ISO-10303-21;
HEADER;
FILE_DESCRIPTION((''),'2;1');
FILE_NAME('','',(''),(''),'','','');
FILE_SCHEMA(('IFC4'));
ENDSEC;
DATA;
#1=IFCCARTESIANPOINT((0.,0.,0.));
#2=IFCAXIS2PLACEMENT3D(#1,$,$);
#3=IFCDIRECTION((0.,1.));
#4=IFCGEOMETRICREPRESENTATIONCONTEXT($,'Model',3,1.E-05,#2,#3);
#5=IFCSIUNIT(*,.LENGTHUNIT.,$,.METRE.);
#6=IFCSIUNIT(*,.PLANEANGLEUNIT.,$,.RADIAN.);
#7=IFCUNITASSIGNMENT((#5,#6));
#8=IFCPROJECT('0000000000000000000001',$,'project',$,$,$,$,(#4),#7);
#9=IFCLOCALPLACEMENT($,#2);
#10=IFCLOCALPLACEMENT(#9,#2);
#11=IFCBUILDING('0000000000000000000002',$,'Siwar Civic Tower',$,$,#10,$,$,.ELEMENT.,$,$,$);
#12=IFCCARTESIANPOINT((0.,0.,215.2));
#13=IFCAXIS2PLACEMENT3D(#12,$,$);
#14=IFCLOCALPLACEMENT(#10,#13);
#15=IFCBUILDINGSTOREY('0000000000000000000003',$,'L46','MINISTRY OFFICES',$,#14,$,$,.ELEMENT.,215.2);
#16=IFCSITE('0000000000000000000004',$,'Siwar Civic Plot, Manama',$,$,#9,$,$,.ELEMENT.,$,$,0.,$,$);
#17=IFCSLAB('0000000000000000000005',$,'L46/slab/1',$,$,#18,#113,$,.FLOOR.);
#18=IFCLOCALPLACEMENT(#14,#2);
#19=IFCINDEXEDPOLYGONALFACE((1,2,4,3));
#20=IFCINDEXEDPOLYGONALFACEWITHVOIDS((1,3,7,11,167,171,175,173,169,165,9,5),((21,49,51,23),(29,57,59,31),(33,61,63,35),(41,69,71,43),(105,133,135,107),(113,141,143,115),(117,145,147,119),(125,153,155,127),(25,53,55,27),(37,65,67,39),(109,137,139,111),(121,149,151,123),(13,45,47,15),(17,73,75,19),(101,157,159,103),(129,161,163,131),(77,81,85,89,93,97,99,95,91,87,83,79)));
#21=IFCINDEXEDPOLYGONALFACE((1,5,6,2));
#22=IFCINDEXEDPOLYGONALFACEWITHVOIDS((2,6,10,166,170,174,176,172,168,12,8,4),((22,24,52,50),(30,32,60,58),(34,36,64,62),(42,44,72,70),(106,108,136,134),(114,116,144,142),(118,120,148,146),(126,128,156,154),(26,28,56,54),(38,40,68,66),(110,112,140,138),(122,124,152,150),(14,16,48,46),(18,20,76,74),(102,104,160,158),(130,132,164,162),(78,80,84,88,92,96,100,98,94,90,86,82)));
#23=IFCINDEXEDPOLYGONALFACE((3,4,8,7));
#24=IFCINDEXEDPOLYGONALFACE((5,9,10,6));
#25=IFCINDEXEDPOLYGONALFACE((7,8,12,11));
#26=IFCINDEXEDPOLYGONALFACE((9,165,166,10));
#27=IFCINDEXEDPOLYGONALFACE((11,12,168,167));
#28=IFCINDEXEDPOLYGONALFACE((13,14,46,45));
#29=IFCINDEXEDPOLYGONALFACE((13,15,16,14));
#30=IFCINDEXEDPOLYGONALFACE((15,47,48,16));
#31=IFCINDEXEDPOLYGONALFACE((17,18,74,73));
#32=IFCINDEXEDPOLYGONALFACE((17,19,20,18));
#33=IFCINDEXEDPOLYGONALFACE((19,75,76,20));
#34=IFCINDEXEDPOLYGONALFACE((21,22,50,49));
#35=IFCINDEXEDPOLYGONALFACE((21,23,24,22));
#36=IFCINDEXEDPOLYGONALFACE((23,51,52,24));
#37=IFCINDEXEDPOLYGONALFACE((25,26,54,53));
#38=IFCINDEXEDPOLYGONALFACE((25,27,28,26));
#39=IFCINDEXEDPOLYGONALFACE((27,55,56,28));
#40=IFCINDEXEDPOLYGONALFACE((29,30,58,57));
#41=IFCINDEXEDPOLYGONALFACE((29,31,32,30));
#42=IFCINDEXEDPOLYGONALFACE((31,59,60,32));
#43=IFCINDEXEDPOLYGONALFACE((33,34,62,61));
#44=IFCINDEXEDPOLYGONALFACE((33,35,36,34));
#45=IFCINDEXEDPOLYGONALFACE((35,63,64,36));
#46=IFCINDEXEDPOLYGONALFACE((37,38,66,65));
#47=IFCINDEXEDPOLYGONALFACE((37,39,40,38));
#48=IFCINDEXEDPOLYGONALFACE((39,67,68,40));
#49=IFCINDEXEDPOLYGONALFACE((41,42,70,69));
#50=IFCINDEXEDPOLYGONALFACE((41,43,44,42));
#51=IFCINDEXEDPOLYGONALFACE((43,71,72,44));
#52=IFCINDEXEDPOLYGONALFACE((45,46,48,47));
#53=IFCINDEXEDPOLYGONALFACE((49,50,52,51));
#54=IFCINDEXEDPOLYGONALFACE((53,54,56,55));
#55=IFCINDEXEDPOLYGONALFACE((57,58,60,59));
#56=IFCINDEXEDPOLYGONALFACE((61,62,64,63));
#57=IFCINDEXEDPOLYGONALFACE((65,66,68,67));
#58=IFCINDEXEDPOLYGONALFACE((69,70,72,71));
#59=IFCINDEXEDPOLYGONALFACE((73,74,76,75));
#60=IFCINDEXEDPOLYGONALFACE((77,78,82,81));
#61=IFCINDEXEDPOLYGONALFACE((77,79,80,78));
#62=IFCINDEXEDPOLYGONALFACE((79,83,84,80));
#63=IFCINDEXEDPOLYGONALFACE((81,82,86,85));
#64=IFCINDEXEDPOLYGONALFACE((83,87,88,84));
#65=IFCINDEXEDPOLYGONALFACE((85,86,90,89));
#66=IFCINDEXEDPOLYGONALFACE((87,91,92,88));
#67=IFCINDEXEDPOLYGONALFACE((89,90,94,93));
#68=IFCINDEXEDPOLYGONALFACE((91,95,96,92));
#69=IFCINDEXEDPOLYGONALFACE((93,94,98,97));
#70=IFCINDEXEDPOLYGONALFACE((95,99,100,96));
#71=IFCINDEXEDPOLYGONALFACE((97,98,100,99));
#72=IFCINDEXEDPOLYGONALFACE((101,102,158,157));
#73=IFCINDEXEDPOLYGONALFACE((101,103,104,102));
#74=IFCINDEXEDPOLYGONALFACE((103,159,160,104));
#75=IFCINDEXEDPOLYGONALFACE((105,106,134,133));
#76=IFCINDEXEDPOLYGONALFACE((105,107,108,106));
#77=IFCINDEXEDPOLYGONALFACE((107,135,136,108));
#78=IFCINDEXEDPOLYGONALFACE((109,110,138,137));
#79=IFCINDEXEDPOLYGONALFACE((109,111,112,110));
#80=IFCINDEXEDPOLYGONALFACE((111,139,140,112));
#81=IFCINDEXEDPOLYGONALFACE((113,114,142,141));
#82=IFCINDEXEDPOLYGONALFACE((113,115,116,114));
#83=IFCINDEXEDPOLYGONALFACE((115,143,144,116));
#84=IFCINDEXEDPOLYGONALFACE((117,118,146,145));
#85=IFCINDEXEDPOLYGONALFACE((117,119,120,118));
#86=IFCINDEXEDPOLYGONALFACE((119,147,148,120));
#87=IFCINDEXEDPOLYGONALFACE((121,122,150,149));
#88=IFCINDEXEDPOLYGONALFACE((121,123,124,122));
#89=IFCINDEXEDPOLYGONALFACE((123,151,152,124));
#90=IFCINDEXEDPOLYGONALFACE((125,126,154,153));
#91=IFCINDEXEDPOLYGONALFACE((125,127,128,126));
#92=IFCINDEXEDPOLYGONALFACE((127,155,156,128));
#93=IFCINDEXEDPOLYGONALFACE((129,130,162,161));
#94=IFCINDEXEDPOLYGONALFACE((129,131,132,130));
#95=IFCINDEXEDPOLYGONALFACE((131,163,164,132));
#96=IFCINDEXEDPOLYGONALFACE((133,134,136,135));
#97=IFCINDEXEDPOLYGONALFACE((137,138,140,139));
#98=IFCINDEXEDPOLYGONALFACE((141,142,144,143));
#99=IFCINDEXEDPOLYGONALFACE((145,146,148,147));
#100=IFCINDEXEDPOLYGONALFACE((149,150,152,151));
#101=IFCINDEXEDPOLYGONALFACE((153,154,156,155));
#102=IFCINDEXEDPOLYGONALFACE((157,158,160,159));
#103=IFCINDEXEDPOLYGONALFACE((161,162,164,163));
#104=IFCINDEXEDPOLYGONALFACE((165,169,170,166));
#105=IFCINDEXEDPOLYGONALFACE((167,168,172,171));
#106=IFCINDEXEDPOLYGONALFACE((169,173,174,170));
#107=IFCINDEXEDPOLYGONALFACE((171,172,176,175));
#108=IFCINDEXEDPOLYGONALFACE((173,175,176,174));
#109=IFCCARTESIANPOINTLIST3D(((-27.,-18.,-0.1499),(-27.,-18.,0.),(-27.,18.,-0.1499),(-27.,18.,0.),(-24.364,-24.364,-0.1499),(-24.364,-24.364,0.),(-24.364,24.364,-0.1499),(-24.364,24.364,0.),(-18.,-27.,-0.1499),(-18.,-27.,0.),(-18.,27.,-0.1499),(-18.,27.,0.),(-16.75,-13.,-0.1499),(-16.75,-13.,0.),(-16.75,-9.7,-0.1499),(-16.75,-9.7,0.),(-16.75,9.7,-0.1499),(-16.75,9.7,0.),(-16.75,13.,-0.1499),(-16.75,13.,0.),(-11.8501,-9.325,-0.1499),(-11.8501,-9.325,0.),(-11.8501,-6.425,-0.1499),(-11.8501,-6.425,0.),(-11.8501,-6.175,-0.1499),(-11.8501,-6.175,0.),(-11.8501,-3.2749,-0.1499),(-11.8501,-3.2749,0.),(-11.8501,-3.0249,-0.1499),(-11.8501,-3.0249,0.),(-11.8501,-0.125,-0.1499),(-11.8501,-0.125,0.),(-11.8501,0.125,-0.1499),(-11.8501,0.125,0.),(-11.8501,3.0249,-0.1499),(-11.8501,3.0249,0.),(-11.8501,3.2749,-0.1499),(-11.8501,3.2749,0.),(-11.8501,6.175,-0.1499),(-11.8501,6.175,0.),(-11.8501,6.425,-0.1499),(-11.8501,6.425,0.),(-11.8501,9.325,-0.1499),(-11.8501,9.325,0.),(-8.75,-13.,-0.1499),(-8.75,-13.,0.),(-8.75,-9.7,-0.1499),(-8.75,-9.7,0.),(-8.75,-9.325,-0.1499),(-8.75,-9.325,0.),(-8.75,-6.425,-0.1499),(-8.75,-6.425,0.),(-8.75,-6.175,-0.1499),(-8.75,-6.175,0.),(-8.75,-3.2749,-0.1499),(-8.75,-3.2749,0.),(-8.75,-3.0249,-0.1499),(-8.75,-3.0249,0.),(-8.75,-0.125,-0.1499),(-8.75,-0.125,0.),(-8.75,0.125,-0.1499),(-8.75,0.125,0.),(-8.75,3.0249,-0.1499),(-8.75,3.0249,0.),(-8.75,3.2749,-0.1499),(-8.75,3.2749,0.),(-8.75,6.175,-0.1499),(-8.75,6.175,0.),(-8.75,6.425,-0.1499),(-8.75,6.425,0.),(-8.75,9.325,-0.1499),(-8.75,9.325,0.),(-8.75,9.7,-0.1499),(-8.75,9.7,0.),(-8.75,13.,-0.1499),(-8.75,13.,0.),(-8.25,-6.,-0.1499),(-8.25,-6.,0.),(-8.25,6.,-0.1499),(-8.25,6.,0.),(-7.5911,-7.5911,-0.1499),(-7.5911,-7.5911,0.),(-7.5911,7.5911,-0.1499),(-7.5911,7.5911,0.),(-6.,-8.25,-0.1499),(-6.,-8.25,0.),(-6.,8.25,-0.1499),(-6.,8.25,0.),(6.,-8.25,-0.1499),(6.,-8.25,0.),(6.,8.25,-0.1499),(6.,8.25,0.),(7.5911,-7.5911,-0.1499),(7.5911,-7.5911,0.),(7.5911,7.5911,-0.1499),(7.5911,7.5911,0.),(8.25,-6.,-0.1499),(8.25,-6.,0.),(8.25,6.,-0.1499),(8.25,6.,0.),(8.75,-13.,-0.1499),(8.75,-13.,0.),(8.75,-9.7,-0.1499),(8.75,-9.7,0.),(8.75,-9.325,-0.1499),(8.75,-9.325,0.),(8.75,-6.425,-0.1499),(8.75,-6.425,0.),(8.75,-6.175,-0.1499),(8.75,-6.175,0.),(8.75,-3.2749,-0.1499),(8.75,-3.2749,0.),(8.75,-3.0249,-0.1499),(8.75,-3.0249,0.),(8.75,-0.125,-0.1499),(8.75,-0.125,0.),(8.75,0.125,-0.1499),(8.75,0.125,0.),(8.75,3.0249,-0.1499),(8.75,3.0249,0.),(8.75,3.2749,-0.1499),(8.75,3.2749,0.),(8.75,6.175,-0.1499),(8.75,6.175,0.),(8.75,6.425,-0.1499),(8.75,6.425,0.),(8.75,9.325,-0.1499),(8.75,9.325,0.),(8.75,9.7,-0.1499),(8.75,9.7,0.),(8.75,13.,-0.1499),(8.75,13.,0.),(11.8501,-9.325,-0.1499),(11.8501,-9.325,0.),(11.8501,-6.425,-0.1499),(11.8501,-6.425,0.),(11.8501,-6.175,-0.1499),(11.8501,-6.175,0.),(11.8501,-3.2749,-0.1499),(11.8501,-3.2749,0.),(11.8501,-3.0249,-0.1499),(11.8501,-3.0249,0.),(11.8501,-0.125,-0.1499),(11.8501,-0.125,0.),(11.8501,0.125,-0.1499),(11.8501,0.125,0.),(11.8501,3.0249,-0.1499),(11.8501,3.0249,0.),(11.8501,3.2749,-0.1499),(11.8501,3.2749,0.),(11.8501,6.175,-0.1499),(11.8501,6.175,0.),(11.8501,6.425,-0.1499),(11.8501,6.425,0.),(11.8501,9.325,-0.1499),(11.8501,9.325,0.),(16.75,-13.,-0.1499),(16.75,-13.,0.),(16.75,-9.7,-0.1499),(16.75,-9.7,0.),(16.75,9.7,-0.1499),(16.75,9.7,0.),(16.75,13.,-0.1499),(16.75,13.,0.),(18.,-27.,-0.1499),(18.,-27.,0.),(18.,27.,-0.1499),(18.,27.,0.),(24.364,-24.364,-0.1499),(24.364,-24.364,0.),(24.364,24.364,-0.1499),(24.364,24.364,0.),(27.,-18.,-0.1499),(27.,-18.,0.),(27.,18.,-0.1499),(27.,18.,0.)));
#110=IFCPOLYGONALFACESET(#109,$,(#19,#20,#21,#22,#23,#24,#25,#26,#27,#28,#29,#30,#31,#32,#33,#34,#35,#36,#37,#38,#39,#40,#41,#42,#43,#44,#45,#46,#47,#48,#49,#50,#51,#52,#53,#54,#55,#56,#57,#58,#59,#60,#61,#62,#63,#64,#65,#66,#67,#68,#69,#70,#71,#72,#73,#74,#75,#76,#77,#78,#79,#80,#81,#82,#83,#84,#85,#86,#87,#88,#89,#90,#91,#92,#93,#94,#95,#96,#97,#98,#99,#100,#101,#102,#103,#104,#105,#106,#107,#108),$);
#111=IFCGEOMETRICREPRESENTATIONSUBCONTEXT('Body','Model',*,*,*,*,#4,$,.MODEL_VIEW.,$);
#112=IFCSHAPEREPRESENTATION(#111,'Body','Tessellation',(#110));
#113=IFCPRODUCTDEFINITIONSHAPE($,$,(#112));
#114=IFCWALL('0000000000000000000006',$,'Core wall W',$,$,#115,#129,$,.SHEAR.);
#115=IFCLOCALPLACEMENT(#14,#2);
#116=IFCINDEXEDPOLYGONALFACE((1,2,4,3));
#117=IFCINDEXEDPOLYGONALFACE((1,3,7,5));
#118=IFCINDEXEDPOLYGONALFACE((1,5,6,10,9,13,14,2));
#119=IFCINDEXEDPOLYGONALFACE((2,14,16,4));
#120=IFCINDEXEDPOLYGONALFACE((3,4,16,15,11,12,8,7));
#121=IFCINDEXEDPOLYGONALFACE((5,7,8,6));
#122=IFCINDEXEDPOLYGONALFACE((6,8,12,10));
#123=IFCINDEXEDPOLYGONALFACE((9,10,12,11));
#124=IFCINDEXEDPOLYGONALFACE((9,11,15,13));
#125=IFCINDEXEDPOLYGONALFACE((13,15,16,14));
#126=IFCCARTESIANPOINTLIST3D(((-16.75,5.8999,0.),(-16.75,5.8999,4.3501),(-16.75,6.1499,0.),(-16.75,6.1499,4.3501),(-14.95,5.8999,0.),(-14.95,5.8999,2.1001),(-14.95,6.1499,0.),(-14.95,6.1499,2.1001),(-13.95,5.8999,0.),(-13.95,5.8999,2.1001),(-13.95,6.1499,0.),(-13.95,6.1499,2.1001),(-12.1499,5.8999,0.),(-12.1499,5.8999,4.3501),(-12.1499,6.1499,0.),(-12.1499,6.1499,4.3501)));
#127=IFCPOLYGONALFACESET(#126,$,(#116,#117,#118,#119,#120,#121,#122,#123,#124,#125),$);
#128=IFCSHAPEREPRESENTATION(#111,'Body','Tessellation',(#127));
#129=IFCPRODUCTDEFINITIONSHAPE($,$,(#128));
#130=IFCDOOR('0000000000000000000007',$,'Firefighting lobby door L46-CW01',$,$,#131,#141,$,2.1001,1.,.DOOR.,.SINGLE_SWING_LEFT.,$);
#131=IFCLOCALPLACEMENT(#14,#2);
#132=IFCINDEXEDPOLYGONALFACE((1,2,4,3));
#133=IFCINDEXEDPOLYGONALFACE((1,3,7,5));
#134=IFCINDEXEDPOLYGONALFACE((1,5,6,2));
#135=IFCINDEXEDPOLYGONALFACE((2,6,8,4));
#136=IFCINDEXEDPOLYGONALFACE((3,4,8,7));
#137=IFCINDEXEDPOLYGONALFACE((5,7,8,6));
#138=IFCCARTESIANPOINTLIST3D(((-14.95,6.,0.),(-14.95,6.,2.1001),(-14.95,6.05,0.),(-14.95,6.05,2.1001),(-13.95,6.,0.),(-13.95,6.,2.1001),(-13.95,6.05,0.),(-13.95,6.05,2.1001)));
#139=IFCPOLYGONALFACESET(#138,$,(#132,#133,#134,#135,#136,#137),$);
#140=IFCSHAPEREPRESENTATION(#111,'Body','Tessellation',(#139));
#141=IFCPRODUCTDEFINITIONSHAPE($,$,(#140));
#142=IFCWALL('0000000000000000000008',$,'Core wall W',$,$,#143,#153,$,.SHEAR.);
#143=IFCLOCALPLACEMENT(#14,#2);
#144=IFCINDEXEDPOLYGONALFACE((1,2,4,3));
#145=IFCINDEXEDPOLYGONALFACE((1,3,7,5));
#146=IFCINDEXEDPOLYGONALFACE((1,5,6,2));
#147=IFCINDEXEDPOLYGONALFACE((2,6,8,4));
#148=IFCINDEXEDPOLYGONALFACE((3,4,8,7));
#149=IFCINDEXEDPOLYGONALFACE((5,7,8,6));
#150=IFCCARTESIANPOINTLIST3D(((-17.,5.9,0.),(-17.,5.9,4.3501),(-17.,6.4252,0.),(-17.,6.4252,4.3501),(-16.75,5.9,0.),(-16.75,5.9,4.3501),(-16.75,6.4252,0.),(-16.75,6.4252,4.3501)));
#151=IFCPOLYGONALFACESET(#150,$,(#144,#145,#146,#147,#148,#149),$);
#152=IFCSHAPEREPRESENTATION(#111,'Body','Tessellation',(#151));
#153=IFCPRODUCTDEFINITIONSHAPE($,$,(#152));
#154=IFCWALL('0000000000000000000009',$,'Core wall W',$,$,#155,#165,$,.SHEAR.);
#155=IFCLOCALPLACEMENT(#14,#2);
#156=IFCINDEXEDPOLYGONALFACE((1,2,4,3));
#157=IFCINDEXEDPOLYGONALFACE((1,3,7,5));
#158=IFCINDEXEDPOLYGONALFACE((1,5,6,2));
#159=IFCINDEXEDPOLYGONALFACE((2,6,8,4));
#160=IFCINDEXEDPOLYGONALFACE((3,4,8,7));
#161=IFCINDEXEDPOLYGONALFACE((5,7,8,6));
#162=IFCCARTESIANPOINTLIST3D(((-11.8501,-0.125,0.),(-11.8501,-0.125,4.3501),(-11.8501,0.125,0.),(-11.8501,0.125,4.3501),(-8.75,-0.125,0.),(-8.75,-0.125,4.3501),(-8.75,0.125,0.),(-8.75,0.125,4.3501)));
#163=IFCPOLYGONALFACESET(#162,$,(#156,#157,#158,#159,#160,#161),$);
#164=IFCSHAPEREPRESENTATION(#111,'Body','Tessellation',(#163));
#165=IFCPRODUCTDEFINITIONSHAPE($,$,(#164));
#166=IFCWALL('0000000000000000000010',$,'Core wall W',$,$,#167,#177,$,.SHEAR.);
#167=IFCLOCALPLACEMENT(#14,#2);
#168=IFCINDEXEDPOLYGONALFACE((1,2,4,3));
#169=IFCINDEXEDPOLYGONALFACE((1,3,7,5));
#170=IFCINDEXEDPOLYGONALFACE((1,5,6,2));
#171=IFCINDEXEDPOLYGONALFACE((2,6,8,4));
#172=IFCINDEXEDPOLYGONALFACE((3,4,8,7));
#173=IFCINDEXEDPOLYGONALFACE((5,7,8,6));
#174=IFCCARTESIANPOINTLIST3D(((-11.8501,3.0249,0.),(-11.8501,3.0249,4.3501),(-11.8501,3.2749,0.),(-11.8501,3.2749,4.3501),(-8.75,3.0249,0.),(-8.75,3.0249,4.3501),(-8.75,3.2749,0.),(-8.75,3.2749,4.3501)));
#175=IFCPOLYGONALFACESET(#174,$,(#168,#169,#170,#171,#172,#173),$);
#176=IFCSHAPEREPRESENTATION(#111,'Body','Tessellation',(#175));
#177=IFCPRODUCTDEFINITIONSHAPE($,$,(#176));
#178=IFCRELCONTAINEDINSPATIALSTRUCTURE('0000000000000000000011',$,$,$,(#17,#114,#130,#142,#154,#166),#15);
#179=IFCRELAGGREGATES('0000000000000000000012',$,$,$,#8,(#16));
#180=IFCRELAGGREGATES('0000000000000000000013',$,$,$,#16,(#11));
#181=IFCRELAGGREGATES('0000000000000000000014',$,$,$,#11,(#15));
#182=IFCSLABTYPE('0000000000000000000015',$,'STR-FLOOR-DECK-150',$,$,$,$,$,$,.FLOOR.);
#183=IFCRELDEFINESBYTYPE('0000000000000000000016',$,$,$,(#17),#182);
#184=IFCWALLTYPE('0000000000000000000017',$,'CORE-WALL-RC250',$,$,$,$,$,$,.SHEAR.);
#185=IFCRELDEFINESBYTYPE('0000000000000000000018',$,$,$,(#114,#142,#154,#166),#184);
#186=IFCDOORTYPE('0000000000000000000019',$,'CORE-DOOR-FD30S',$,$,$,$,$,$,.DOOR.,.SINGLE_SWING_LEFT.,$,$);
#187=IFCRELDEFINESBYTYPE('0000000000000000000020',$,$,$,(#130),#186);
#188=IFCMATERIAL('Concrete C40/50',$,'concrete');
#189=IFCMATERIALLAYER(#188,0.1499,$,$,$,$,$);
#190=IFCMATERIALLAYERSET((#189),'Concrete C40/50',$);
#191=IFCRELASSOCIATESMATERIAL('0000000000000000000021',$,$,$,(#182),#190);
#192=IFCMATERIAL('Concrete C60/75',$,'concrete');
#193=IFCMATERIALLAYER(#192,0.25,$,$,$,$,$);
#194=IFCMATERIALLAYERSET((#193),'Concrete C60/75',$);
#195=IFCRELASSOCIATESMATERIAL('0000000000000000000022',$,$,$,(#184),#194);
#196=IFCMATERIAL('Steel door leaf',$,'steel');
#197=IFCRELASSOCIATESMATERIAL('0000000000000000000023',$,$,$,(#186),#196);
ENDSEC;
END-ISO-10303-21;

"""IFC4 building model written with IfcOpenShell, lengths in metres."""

from ifc_helpers import new_model, si_unit, direction, frame, frame_2d, origin, place, context, subcontext, project, spatial, polyline, rectangle, outline, extrude, material, layer, layer_set, type_object, element, fill, save


model = new_model("IFC4")

# Units and contexts
model_context = context("Model", 3, precision=1e-05, world=origin(), true_north=direction((0.0, 1.0)))
body_context = subcontext(model_context, "Body", "Model", "MODEL_VIEW")
ifc_project = project(units=[si_unit("LENGTHUNIT", "METRE"), si_unit("PLANEANGLEUNIT", "RADIAN")], contexts=[model_context])

# Site, building, storey
site_placement = place(None, origin())
site = spatial("IfcSite", under=ifc_project, at=site_placement, Name="Siwar Civic Plot, Manama", CompositionType="ELEMENT", RefElevation=0.0)
building_placement = place(site_placement, origin())
building = spatial("IfcBuilding", under=site, at=building_placement, Name="Siwar Civic Tower", CompositionType="ELEMENT")
storey_placement = place(building_placement, frame((0.0, 0.0, 215.2)))
storey = spatial("IfcBuildingStorey", under=building, at=storey_placement, Name="L46", Description="MINISTRY OFFICES", CompositionType="ELEMENT", Elevation=215.2)

# Slab
ifc_material_1 = material(Name="Concrete C40/50", Category="concrete")
ifc_layer_1 = layer(ifc_material_1, 0.1499)
ifc_layer_set_1 = layer_set([ifc_layer_1], Name="Concrete C40/50")
slab_type = type_object("IfcSlabType", Name="STR-FLOOR-DECK-150", PredefinedType="FLOOR", material=ifc_layer_set_1)
slab_placement = place(storey_placement, frame((0.0, 0.0, -0.1499)))
element("IfcSlab", 1, at=slab_placement, inside=storey, type_object=slab_type, Name="L46/slab/1", PredefinedType="FLOOR", context=body_context, shape_type="SweptSolid", body=[
    extrude(outline(polyline([(-18.0, -27.0), (18.0, -27.0), (24.364, -24.364), (27.0, -18.0), (27.0, 18.0), (24.364, 24.364), (18.0, 27.0), (-18.0, 27.0), (-24.364, 24.364), (-27.0, 18.0), (-27.0, -18.0), (-24.364, -24.364), (-18.0, -27.0)]), holes=[polyline([(16.75, 13.0), (16.75, 9.7), (8.75, 9.7), (8.75, 13.0), (16.75, 13.0)]), polyline([(8.75, -9.7), (16.75, -9.7), (16.75, -13.0), (8.75, -13.0), (8.75, -9.7)]), polyline([(11.8501, 9.325), (11.8501, 6.425), (8.75, 6.425), (8.75, 9.325), (11.8501, 9.325)]), polyline([(8.75, 6.175), (11.8501, 6.175), (11.8501, 3.2749), (8.75, 3.2749), (8.75, 6.175)]), polyline([(8.75, 3.0249), (11.8501, 3.0249), (11.8501, 0.125), (8.75, 0.125), (8.75, 3.0249)]), polyline([(8.75, -0.125), (11.8501, -0.125), (11.8501, -3.0249), (8.75, -3.0249), (8.75, -0.125)]), polyline([(8.75, -3.2749), (11.8501, -3.2749), (11.8501, -6.175), (8.75, -6.175), (8.75, -3.2749)]), polyline([(8.75, -6.425), (11.8501, -6.425), (11.8501, -9.325), (8.75, -9.325), (8.75, -6.425)]), polyline([(-6.0, 8.25), (6.0, 8.25), (7.5911, 7.5911), (8.25, 6.0), (8.25, -6.0), (7.5911, -7.5911), (6.0, -8.25), (-6.0, -8.25), (-7.5911, -7.5911), (-8.25, -6.0), (-8.25, 6.0), (-7.5911, 7.5911), (-6.0, 8.25)]), polyline([(-8.75, -13.0), (-16.75, -13.0), (-16.75, -9.7), (-8.75, -9.7), (-8.75, -13.0)]), polyline([(-8.75, 9.7), (-16.75, 9.7), (-16.75, 13.0), (-8.75, 13.0), (-8.75, 9.7)]), polyline([(-8.75, 6.425), (-11.8501, 6.425), (-11.8501, 9.325), (-8.75, 9.325), (-8.75, 6.425)]), polyline([(-8.75, 3.2749), (-11.8501, 3.2749), (-11.8501, 6.175), (-8.75, 6.175), (-8.75, 3.2749)]), polyline([(-8.75, 0.125), (-11.8501, 0.125), (-11.8501, 3.0249), (-8.75, 3.0249), (-8.75, 0.125)]), polyline([(-8.75, -3.0249), (-11.8501, -3.0249), (-11.8501, -0.125), (-8.75, -0.125), (-8.75, -3.0249)]), polyline([(-8.75, -6.175), (-11.8501, -6.175), (-11.8501, -3.2749), (-8.75, -3.2749), (-8.75, -6.175)]), polyline([(-8.75, -9.325), (-11.8501, -9.325), (-11.8501, -6.425), (-8.75, -6.425), (-8.75, -9.325)])]), origin(), (0.0, 0.0, 1.0), 0.1499),
])

# Wall, opening, door
ifc_material_2 = material(Name="Concrete C60/75", Category="concrete")
ifc_layer_2 = layer(ifc_material_2, 0.25)
ifc_layer_set_2 = layer_set([ifc_layer_2], Name="Concrete C60/75")
wall_type_1 = type_object("IfcWallType", Name="CORE-WALL-RC250", PredefinedType="SHEAR", material=ifc_layer_set_2)
wall_1_placement = place(storey_placement, frame((-12.1499, 6.0249, 0.0), z_axis=(0.0, 0.0, 1.0), x_axis=(-1.0, 0.0, 0.0)))
wall_1 = element("IfcWall", 2, at=wall_1_placement, inside=storey, type_object=wall_type_1, Name="Core wall W", PredefinedType="SHEAR", context=body_context, shape_type="SweptSolid", body=[
    extrude(rectangle(XDim=4.6001, YDim=0.25, at=frame_2d((2.3, 0.0))), origin(), (0.0, 0.0, 1.0), 4.3501),
])
opening_1_placement = place(wall_1_placement, frame((1.8, 0.0, 0.0)))
opening_1 = element("IfcOpeningElement", 3, at=opening_1_placement, cuts=wall_1, PredefinedType="OPENING", context=body_context, shape_type="SweptSolid", body=[
    extrude(rectangle(XDim=1.0, YDim=2.1001, at=frame_2d((0.5, 1.05))), frame((0.0, 0.135, 0.0), z_axis=(0.0, -1.0, 0.0), x_axis=(1.0, 0.0, 0.0)), (0.0, 0.0, 1.0), 0.27),
])
ifc_material_3 = material(Name="Steel door leaf", Category="steel")
door_type_1 = type_object("IfcDoorType", Name="CORE-DOOR-FD30S", OperationType="SINGLE_SWING_LEFT", PredefinedType="DOOR", material=ifc_material_3)
door_1_placement = place(opening_1_placement, origin())
door_1 = element("IfcDoor", 4, at=door_1_placement, inside=storey, type_object=door_type_1, Name="Firefighting lobby door L46-CW01", OperationType="SINGLE_SWING_LEFT", OverallHeight=2.1001, OverallWidth=1.0, PredefinedType="DOOR", context=body_context, shape_type="SweptSolid", body=[
    extrude(rectangle(XDim=1.0, YDim=2.1001, at=frame_2d((0.5, 1.05))), frame((0.0, 0.0249, 0.0), z_axis=(0.0, -1.0, 0.0), x_axis=(1.0, 0.0, 0.0)), (0.0, 0.0, 1.0), 0.05),
])
fill(opening_1, door_1)

# Walls
wall_2_placement = place(storey_placement, frame((-16.875, 5.8999, 0.0), z_axis=(0.0, 0.0, 1.0), x_axis=(0.0, 1.0, 0.0)))
element("IfcWall", 5, at=wall_2_placement, inside=storey, type_object=wall_type_1, Name="Core wall W", PredefinedType="SHEAR", context=body_context, shape_type="SweptSolid", body=[
    extrude(rectangle(XDim=0.5251, YDim=0.25, at=frame_2d((0.2627, 0.0))), origin(), (0.0, 0.0, 1.0), 4.3501),
])
for number, where, z_axis, x_axis, name in (
    (6, (-8.75, 0.0, 0.0), (0.0, 0.0, 1.0), (-1.0, 0.0, 0.0), "Core wall W"),
    (7, (-8.75, 3.1499, 0.0), (0.0, 0.0, 1.0), (-1.0, 0.0, 0.0), "Core wall W"),
):
    element("IfcWall", number, at=place(storey_placement, frame(where, z_axis=z_axis, x_axis=x_axis)), inside=storey, type_object=wall_type_1, Name=name, PredefinedType="SHEAR", context=body_context, shape_type="SweptSolid", body=[
        extrude(rectangle(XDim=3.1001, YDim=0.25, at=frame_2d((1.55, 0.0))), origin(), (0.0, 0.0, 1.0), 4.3501),
    ])

save(model, "model.ifc")
